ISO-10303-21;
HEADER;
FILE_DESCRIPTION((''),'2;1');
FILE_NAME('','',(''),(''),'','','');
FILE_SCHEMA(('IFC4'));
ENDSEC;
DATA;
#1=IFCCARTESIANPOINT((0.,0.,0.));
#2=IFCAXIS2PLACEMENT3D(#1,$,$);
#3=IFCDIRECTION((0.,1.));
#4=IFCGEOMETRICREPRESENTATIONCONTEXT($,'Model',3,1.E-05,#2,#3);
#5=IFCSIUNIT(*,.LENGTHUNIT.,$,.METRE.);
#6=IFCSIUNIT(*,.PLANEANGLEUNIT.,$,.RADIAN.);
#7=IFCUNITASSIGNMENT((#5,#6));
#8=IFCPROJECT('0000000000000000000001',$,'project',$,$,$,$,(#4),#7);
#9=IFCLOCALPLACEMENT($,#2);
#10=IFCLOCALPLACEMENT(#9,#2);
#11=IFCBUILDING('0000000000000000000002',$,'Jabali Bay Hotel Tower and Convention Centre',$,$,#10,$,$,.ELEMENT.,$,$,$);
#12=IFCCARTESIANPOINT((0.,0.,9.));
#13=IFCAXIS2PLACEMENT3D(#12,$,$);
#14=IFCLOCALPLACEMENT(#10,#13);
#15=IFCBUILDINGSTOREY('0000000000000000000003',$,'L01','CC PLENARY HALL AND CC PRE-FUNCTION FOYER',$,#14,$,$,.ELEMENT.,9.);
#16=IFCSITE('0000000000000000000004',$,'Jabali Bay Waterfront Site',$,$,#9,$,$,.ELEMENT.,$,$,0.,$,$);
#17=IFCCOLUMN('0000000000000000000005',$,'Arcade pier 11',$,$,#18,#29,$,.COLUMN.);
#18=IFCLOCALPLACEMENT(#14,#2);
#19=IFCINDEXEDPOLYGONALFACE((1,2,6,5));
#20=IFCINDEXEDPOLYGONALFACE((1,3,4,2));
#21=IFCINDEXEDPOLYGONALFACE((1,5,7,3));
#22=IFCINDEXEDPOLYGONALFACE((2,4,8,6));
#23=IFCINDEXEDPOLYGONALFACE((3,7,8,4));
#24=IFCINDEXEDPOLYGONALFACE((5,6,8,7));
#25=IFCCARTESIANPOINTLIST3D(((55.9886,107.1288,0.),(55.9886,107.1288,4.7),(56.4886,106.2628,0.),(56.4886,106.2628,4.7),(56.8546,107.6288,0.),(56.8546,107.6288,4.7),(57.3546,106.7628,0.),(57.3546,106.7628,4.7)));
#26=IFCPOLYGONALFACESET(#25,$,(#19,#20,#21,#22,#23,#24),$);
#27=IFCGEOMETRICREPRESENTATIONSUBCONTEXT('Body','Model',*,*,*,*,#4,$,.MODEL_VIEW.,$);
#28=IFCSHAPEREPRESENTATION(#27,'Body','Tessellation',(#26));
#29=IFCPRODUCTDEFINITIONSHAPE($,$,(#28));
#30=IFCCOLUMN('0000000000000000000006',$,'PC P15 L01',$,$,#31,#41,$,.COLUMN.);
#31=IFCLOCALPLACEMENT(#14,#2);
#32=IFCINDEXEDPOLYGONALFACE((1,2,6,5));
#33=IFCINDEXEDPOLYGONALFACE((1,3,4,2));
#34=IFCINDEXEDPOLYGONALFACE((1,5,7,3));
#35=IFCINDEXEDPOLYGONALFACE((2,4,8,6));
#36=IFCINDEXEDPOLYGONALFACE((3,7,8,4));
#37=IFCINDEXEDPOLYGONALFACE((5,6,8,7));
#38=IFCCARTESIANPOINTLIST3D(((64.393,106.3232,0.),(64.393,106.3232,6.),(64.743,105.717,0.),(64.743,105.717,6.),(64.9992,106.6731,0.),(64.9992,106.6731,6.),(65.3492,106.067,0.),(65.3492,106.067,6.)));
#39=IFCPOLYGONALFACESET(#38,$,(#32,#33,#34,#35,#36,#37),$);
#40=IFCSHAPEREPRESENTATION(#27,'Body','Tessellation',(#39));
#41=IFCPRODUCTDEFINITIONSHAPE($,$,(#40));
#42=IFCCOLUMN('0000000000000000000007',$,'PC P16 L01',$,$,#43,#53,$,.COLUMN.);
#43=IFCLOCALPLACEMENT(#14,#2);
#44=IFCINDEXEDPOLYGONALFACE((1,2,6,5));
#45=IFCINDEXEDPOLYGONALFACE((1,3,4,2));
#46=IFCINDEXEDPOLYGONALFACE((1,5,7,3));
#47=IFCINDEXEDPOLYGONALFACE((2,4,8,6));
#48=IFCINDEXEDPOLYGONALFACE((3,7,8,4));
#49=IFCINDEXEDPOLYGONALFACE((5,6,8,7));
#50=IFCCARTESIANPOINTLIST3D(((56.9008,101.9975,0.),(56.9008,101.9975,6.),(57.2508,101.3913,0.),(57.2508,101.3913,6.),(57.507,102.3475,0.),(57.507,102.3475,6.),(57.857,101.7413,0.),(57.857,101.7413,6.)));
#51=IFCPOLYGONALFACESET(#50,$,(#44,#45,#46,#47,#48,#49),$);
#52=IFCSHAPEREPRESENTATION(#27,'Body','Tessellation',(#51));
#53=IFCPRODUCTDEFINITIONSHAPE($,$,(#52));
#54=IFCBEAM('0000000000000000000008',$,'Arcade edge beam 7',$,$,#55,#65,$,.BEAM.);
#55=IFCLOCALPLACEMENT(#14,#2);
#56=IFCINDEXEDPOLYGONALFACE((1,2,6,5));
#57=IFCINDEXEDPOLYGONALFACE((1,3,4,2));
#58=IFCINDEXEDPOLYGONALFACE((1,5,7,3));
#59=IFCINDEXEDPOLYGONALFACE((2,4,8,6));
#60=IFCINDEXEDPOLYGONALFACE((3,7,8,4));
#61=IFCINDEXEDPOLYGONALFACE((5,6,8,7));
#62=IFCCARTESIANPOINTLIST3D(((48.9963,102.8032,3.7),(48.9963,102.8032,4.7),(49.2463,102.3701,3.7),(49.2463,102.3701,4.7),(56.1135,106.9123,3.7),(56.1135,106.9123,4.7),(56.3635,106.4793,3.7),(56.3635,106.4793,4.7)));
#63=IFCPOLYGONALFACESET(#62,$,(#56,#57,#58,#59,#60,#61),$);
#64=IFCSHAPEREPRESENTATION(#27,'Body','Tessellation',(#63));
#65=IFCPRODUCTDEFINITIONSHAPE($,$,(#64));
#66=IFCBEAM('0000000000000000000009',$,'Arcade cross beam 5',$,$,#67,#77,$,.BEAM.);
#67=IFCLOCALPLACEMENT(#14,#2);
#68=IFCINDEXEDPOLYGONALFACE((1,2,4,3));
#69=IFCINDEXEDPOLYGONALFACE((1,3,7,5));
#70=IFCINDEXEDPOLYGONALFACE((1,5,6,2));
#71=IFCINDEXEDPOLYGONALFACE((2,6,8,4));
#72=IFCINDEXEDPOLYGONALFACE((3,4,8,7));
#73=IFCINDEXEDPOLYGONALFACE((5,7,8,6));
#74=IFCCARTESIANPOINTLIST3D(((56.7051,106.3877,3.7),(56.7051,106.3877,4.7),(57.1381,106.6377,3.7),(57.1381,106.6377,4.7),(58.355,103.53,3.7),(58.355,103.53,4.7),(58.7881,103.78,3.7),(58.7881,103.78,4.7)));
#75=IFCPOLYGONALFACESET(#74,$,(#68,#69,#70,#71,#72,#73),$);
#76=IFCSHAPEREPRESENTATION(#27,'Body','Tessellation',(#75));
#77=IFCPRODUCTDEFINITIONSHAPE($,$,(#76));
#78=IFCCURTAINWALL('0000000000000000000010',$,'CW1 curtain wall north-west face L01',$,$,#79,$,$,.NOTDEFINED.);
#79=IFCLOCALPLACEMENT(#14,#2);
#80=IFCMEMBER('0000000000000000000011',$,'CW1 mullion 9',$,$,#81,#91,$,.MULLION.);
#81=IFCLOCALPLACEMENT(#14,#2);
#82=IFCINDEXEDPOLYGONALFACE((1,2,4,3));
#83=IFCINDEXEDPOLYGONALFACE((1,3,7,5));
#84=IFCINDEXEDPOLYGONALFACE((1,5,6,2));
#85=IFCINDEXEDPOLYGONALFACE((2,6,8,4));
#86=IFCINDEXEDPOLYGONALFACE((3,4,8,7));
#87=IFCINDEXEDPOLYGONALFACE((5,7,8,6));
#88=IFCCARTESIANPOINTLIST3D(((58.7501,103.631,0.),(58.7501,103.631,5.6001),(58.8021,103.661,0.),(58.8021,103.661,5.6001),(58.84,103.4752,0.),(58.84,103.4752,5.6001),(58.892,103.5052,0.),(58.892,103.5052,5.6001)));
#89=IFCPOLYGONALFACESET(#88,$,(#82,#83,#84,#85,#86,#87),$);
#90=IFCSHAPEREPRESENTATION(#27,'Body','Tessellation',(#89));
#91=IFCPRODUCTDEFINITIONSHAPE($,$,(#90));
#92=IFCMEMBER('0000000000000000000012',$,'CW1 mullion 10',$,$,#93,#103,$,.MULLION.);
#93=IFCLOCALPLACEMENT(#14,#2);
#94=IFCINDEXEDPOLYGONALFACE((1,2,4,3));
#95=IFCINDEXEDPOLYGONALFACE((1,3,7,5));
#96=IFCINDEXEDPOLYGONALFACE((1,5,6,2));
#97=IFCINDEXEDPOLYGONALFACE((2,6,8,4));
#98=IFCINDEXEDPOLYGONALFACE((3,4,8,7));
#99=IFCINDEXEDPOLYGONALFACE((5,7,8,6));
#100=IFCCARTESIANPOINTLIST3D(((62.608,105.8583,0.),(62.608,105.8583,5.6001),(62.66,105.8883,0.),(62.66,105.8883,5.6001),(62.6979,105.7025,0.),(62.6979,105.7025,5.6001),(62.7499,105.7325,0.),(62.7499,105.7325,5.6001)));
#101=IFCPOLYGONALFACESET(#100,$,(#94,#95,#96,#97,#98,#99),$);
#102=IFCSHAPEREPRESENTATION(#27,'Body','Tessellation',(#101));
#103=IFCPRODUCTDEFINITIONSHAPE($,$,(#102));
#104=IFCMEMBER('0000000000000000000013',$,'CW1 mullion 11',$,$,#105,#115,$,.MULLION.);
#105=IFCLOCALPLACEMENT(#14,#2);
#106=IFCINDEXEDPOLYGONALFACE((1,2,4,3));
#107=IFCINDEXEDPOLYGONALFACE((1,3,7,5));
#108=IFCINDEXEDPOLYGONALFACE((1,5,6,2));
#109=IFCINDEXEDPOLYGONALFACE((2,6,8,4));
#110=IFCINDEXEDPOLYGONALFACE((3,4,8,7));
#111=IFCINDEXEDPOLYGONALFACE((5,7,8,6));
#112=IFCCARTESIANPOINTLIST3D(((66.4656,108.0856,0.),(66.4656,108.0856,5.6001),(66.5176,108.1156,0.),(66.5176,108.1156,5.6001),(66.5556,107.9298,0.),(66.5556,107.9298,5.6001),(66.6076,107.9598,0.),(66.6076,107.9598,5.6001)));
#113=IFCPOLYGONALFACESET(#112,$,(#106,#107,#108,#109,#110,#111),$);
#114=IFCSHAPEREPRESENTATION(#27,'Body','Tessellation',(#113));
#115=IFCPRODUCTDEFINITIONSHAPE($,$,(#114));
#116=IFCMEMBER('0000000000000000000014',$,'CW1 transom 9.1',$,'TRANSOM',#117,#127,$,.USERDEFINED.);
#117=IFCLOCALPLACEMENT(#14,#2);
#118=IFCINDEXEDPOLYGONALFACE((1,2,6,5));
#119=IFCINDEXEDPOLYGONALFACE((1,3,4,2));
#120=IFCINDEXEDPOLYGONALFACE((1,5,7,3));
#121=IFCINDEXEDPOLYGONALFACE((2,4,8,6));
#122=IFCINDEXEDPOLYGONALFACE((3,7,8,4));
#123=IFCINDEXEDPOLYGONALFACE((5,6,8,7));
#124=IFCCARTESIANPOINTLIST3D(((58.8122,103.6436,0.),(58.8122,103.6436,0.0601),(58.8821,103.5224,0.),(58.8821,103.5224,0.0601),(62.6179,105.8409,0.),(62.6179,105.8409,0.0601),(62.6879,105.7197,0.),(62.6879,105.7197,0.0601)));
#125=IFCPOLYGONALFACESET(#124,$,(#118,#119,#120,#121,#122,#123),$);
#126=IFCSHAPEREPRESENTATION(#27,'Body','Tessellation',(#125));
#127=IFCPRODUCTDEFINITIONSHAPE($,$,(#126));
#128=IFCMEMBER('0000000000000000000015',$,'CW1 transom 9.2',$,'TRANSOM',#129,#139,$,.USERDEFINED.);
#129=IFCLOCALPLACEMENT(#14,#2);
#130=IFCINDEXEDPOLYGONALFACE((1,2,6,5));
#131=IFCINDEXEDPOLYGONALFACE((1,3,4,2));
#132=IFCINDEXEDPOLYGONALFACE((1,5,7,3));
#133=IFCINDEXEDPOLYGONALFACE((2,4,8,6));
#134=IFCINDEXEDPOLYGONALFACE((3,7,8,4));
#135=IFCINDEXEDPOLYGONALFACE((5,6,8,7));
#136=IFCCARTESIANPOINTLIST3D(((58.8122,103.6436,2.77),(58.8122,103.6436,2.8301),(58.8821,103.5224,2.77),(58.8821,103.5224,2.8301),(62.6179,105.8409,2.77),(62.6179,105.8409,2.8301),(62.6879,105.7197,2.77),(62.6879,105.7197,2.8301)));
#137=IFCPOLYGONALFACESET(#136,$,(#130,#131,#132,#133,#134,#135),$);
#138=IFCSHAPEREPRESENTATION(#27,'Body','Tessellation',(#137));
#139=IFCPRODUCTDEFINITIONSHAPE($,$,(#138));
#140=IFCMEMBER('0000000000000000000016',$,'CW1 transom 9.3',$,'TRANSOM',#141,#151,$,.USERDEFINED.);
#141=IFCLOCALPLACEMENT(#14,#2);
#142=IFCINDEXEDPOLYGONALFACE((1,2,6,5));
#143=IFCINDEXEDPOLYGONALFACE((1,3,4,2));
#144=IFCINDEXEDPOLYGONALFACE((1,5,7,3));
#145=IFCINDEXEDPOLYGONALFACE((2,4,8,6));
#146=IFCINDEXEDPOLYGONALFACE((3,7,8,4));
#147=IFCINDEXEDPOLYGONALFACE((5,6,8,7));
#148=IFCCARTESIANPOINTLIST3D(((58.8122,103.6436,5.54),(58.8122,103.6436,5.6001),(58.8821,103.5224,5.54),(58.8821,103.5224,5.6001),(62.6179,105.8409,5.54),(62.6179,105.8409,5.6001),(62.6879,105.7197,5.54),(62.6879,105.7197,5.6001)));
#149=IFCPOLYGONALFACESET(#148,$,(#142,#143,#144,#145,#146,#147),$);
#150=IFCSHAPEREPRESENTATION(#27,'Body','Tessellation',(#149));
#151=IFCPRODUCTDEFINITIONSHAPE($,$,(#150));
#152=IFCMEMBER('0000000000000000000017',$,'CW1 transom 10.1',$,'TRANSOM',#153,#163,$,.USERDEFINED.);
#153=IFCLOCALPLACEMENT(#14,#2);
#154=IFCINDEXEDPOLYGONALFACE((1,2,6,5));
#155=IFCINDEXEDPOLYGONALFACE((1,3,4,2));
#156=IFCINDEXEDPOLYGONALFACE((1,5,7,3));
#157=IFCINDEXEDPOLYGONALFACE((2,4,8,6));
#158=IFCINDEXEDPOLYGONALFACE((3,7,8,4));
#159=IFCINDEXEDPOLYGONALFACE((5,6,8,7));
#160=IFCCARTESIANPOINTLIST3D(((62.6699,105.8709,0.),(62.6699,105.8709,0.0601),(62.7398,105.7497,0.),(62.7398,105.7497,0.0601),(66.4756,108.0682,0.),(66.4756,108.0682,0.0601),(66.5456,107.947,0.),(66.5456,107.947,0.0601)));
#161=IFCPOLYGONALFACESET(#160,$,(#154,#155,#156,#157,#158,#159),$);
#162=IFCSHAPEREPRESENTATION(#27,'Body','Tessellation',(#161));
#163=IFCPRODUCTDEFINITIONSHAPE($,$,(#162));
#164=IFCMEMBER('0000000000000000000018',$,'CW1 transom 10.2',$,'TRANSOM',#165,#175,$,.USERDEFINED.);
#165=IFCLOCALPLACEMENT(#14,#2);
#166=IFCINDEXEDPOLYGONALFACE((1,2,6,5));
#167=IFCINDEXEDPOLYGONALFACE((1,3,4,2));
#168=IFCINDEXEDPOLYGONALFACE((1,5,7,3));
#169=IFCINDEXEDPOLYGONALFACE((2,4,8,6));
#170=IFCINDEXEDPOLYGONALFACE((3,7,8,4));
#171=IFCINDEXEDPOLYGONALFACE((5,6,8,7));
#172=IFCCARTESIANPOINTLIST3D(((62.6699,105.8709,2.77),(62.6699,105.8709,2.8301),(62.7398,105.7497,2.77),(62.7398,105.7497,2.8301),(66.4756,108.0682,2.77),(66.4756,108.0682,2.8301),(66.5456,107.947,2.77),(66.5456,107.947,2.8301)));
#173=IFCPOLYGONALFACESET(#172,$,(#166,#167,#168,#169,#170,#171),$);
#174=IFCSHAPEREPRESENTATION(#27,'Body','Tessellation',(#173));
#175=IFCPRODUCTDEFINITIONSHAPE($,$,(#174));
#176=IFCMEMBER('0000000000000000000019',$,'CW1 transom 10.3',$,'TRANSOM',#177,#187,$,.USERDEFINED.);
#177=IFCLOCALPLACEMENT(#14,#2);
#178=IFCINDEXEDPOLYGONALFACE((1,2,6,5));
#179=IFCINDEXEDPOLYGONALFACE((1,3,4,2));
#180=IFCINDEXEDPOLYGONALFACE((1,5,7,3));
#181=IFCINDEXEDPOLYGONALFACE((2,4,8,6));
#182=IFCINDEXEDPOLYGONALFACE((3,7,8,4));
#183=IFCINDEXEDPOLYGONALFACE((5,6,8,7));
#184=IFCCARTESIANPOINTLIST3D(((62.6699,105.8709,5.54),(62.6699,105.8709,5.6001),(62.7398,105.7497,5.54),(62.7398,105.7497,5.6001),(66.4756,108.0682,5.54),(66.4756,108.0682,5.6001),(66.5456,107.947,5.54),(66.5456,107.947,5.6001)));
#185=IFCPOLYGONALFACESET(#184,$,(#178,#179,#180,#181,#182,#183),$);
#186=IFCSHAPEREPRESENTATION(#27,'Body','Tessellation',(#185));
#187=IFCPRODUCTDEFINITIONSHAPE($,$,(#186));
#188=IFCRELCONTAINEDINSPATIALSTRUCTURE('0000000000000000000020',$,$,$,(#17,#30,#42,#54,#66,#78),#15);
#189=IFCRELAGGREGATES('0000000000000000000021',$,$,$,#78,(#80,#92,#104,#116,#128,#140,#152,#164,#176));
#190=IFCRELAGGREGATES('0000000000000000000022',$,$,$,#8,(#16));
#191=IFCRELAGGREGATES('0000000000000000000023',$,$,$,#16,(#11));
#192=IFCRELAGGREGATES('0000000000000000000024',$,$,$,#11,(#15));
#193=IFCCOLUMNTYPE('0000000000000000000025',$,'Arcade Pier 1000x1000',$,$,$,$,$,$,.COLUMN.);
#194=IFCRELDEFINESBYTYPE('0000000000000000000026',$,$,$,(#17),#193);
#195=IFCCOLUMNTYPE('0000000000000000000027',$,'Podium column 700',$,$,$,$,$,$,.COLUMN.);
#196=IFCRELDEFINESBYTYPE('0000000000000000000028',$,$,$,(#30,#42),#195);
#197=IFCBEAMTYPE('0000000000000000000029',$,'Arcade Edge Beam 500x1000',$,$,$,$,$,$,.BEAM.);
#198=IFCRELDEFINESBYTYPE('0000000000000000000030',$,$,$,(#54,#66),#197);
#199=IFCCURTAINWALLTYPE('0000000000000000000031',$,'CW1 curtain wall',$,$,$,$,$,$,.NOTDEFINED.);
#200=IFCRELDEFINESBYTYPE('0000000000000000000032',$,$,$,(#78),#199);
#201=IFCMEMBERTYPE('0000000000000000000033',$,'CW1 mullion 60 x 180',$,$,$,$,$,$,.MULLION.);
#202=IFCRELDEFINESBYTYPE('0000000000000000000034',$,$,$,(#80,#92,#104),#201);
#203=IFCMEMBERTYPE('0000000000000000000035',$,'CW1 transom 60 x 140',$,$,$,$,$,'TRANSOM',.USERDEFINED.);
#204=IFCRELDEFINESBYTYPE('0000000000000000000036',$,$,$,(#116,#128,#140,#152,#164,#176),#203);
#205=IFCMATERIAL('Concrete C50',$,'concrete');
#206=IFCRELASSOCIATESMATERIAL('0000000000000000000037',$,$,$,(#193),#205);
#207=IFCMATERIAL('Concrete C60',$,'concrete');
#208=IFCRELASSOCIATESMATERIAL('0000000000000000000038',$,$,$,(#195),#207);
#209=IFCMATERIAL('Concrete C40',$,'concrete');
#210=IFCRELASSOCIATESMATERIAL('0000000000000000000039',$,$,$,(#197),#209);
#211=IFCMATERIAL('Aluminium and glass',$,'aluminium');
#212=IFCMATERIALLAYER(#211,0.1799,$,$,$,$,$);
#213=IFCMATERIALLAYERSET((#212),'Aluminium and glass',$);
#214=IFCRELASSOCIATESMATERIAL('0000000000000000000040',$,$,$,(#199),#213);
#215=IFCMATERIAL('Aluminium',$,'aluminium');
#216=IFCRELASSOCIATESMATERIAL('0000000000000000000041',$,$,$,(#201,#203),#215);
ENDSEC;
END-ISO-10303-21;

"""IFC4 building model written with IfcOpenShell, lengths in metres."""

from ifc_helpers import new_model, si_unit, direction, frame, origin, origin_2d, place, context, subcontext, project, spatial, rectangle, extrude, material, layer, layer_set, material_profile, profile_set, type_object, element, aggregate, save


model = new_model("IFC4")

# Units and contexts
model_context = context("Model", 3, precision=1e-05, world=origin(), true_north=direction((0.0, 1.0)))
body_context = subcontext(model_context, "Body", "Model", "MODEL_VIEW")
ifc_project = project(units=[si_unit("LENGTHUNIT", "METRE"), si_unit("PLANEANGLEUNIT", "RADIAN")], contexts=[model_context])

# Site, building, storey
site_placement = place(None, origin())
site = spatial("IfcSite", under=ifc_project, at=site_placement, Name="Jabali Bay Waterfront Site", CompositionType="ELEMENT", RefElevation=0.0)
building_placement = place(site_placement, origin())
building = spatial("IfcBuilding", under=site, at=building_placement, Name="Jabali Bay Hotel Tower and Convention Centre", CompositionType="ELEMENT")
storey_placement = place(building_placement, frame((0.0, 0.0, 9.0)))
storey = spatial("IfcBuildingStorey", under=building, at=storey_placement, Name="L01", Description="CC PLENARY HALL AND CC PRE-FUNCTION FOYER", CompositionType="ELEMENT", Elevation=9.0)

# Columns
ifc_material_1 = material(Name="Concrete C50", Category="concrete")
ifc_material_profile_1 = material_profile(ifc_material_1, rectangle(XDim=1.0, YDim=1.0, at=origin_2d()), Name="RC 1000x1000")
ifc_profile_set_1 = profile_set([ifc_material_profile_1], Name="Concrete C50")
column_type_1 = type_object("IfcColumnType", Name="Arcade Pier 1000x1000", PredefinedType="COLUMN", material=ifc_profile_set_1)
column_placement = place(storey_placement, frame((56.6716, 106.9458, 0.0), z_axis=(0.0, 0.0, 1.0), x_axis=(-0.866025, -0.5, 0.0)))
element("IfcColumn", 1, at=column_placement, inside=storey, type_object=column_type_1, Name="Arcade pier 11", PredefinedType="COLUMN", context=body_context, shape_type="SweptSolid", body=[
    extrude(rectangle(XDim=1.0, YDim=1.0, at=origin_2d()), origin(), (0.0, 0.0, 1.0), 4.7),
])
ifc_material_2 = material(Name="Concrete C60", Category="concrete")
ifc_material_profile_2 = material_profile(ifc_material_2, rectangle(XDim=0.7, YDim=0.7, at=origin_2d()), Name="Podium column 700")
ifc_profile_set_2 = profile_set([ifc_material_profile_2], Name="Concrete C60")
column_type_2 = type_object("IfcColumnType", Name="Podium column 700", PredefinedType="COLUMN", material=ifc_profile_set_2)
for number, where, z_axis, x_axis, name in (
    (2, (64.8711, 106.1951, 0.0), (0.0, 0.0, 1.0), (0.866025, 0.5, 0.0), "PC P15 L01"),
    (3, (57.3789, 101.8694, 0.0), (0.0, 0.0, 1.0), (0.866025, 0.5, 0.0), "PC P16 L01"),
):
    element("IfcColumn", number, at=place(storey_placement, frame(where, z_axis=z_axis, x_axis=x_axis)), inside=storey, type_object=column_type_2, Name=name, PredefinedType="COLUMN", context=body_context, shape_type="SweptSolid", body=[
        extrude(rectangle(XDim=0.7, YDim=0.7, at=origin_2d()), origin(), (0.0, 0.0, 1.0), 6.0),
    ])

# Beams
ifc_material_3 = material(Name="Concrete C40", Category="concrete")
ifc_material_profile_3 = material_profile(ifc_material_3, rectangle(XDim=0.5, YDim=1.0, at=origin_2d()), Name="RC 500x1000")
ifc_profile_set_3 = profile_set([ifc_material_profile_3], Name="Concrete C40")
beam_type = type_object("IfcBeamType", Name="Arcade Edge Beam 500x1000", PredefinedType="BEAM", material=ifc_profile_set_3)
beam_1_placement = place(storey_placement, frame((56.2385, 106.6958, 4.2), z_axis=(-0.866024, -0.500002, 0.0), x_axis=(0.500002, -0.866024, 0.0)))
element("IfcBeam", 4, at=beam_1_placement, inside=storey, type_object=beam_type, Name="Arcade edge beam 7", PredefinedType="BEAM", context=body_context, shape_type="SweptSolid", body=[
    extrude(rectangle(XDim=0.5, YDim=1.0, at=origin_2d()), origin(), (0.0, 0.0, 1.0), 8.2183),
])
beam_2_placement = place(storey_placement, frame((56.9216, 106.5127, 4.2), z_axis=(0.500006, -0.866022, 0.0), x_axis=(0.866022, 0.500006, 0.0)))
element("IfcBeam", 5, at=beam_2_placement, inside=storey, type_object=beam_type, Name="Arcade cross beam 5", PredefinedType="BEAM", context=body_context, shape_type="SweptSolid", body=[
    extrude(rectangle(XDim=0.5, YDim=1.0, at=origin_2d()), origin(), (0.0, 0.0, 1.0), 3.2998),
])

# Curtain wall, members
ifc_material_4 = material(Name="Aluminium and glass", Category="aluminium")
ifc_layer_1 = layer(ifc_material_4, 0.1799)
ifc_layer_set_1 = layer_set([ifc_layer_1], Name="Aluminium and glass")
curtain_wall_type = type_object("IfcCurtainWallType", Name="CW1 curtain wall", PredefinedType="NOTDEFINED", material=ifc_layer_set_1)
curtain_wall_placement = place(storey_placement, origin())
curtain_wall = element("IfcCurtainWall", 6, at=curtain_wall_placement, inside=storey, type_object=curtain_wall_type, Name="CW1 curtain wall north-west face L01", PredefinedType="NOTDEFINED")
ifc_material_5 = material(Name="Aluminium", Category="aluminium")
ifc_material_profile_4 = material_profile(ifc_material_5, rectangle(XDim=0.1799, YDim=0.0601, at=origin_2d()), Name="CW1 mullion 60 x 180")
ifc_profile_set_4 = profile_set([ifc_material_profile_4], Name="Aluminium")
member_type_1 = type_object("IfcMemberType", Name="CW1 mullion 60 x 180", PredefinedType="MULLION", material=ifc_profile_set_4)
member_1_placement = place(storey_placement, frame((58.821, 103.5681, 0.0), z_axis=(0.0, 0.0, 1.0), x_axis=(-0.5, 0.866025, 0.0)))
member_1 = element("IfcMember", 7, at=member_1_placement, type_object=member_type_1, Name="CW1 mullion 9", PredefinedType="MULLION", context=body_context, shape_type="SweptSolid", body=[
    extrude(rectangle(XDim=0.1799, YDim=0.0601, at=origin_2d()), origin(), (0.0, 0.0, 1.0), 5.6001),
])
member_2_placement = place(storey_placement, frame((62.679, 105.7954, 0.0), z_axis=(0.0, 0.0, 1.0), x_axis=(-0.5, 0.866025, 0.0)))
member_2 = element("IfcMember", 8, at=member_2_placement, type_object=member_type_1, Name="CW1 mullion 10", PredefinedType="MULLION", context=body_context, shape_type="SweptSolid", body=[
    extrude(rectangle(XDim=0.1799, YDim=0.0601, at=origin_2d()), origin(), (0.0, 0.0, 1.0), 5.6001),
])
member_3_placement = place(storey_placement, frame((66.5366, 108.0227, 0.0), z_axis=(0.0, 0.0, 1.0), x_axis=(-0.5, 0.866025, 0.0)))
member_3 = element("IfcMember", 9, at=member_3_placement, type_object=member_type_1, Name="CW1 mullion 11", PredefinedType="MULLION", context=body_context, shape_type="SweptSolid", body=[
    extrude(rectangle(XDim=0.1799, YDim=0.0601, at=origin_2d()), origin(), (0.0, 0.0, 1.0), 5.6001),
])
ifc_material_profile_5 = material_profile(ifc_material_5, rectangle(XDim=0.1399, YDim=0.0601, at=origin_2d()), Name="CW1 transom 60 x 140")
ifc_profile_set_5 = profile_set([ifc_material_profile_5], Name="Aluminium")
member_type_2 = type_object("IfcMemberType", Name="CW1 transom 60 x 140", ElementType="TRANSOM", PredefinedType="USERDEFINED", material=ifc_profile_set_5)
member_4_placement = place(storey_placement, frame((58.8472, 103.583, 0.03), z_axis=(0.866019, 0.500011, 0.0), x_axis=(-0.500011, 0.866019, 0.0)))
member_4 = element("IfcMember", 10, at=member_4_placement, type_object=member_type_2, Name="CW1 transom 9.1", ObjectType="TRANSOM", PredefinedType="USERDEFINED", context=body_context, shape_type="SweptSolid", body=[
    extrude(rectangle(XDim=0.1399, YDim=0.0601, at=origin_2d()), origin(), (0.0, 0.0, 1.0), 4.3945),
])
member_5_placement = place(storey_placement, frame((58.8472, 103.583, 2.8), z_axis=(0.866019, 0.500011, 0.0), x_axis=(-0.500011, 0.866019, 0.0)))
member_5 = element("IfcMember", 11, at=member_5_placement, type_object=member_type_2, Name="CW1 transom 9.2", ObjectType="TRANSOM", PredefinedType="USERDEFINED", context=body_context, shape_type="SweptSolid", body=[
    extrude(rectangle(XDim=0.1399, YDim=0.0601, at=origin_2d()), origin(), (0.0, 0.0, 1.0), 4.3945),
])
member_6_placement = place(storey_placement, frame((58.8472, 103.583, 5.5701), z_axis=(0.866019, 0.500011, 0.0), x_axis=(-0.500011, 0.866019, 0.0)))
member_6 = element("IfcMember", 12, at=member_6_placement, type_object=member_type_2, Name="CW1 transom 9.3", ObjectType="TRANSOM", PredefinedType="USERDEFINED", context=body_context, shape_type="SweptSolid", body=[
    extrude(rectangle(XDim=0.1399, YDim=0.0601, at=origin_2d()), origin(), (0.0, 0.0, 1.0), 4.3945),
])
member_7_placement = place(storey_placement, frame((62.7048, 105.8103, 0.03), z_axis=(0.866019, 0.500011, 0.0), x_axis=(-0.500011, 0.866019, 0.0)))
member_7 = element("IfcMember", 13, at=member_7_placement, type_object=member_type_2, Name="CW1 transom 10.1", ObjectType="TRANSOM", PredefinedType="USERDEFINED", context=body_context, shape_type="SweptSolid", body=[
    extrude(rectangle(XDim=0.1399, YDim=0.0601, at=origin_2d()), origin(), (0.0, 0.0, 1.0), 4.3945),
])
member_8_placement = place(storey_placement, frame((62.7048, 105.8103, 2.8), z_axis=(0.866019, 0.500011, 0.0), x_axis=(-0.500011, 0.866019, 0.0)))
member_8 = element("IfcMember", 14, at=member_8_placement, type_object=member_type_2, Name="CW1 transom 10.2", ObjectType="TRANSOM", PredefinedType="USERDEFINED", context=body_context, shape_type="SweptSolid", body=[
    extrude(rectangle(XDim=0.1399, YDim=0.0601, at=origin_2d()), origin(), (0.0, 0.0, 1.0), 4.3945),
])
member_9_placement = place(storey_placement, frame((62.7048, 105.8103, 5.5701), z_axis=(0.866019, 0.500011, 0.0), x_axis=(-0.500011, 0.866019, 0.0)))
member_9 = element("IfcMember", 15, at=member_9_placement, type_object=member_type_2, Name="CW1 transom 10.3", ObjectType="TRANSOM", PredefinedType="USERDEFINED", context=body_context, shape_type="SweptSolid", body=[
    extrude(rectangle(XDim=0.1399, YDim=0.0601, at=origin_2d()), origin(), (0.0, 0.0, 1.0), 4.3945),
])
aggregate(curtain_wall, [member_1, member_2, member_3, member_4, member_5, member_6, member_7, member_8, member_9])

save(model, "model.ifc")
